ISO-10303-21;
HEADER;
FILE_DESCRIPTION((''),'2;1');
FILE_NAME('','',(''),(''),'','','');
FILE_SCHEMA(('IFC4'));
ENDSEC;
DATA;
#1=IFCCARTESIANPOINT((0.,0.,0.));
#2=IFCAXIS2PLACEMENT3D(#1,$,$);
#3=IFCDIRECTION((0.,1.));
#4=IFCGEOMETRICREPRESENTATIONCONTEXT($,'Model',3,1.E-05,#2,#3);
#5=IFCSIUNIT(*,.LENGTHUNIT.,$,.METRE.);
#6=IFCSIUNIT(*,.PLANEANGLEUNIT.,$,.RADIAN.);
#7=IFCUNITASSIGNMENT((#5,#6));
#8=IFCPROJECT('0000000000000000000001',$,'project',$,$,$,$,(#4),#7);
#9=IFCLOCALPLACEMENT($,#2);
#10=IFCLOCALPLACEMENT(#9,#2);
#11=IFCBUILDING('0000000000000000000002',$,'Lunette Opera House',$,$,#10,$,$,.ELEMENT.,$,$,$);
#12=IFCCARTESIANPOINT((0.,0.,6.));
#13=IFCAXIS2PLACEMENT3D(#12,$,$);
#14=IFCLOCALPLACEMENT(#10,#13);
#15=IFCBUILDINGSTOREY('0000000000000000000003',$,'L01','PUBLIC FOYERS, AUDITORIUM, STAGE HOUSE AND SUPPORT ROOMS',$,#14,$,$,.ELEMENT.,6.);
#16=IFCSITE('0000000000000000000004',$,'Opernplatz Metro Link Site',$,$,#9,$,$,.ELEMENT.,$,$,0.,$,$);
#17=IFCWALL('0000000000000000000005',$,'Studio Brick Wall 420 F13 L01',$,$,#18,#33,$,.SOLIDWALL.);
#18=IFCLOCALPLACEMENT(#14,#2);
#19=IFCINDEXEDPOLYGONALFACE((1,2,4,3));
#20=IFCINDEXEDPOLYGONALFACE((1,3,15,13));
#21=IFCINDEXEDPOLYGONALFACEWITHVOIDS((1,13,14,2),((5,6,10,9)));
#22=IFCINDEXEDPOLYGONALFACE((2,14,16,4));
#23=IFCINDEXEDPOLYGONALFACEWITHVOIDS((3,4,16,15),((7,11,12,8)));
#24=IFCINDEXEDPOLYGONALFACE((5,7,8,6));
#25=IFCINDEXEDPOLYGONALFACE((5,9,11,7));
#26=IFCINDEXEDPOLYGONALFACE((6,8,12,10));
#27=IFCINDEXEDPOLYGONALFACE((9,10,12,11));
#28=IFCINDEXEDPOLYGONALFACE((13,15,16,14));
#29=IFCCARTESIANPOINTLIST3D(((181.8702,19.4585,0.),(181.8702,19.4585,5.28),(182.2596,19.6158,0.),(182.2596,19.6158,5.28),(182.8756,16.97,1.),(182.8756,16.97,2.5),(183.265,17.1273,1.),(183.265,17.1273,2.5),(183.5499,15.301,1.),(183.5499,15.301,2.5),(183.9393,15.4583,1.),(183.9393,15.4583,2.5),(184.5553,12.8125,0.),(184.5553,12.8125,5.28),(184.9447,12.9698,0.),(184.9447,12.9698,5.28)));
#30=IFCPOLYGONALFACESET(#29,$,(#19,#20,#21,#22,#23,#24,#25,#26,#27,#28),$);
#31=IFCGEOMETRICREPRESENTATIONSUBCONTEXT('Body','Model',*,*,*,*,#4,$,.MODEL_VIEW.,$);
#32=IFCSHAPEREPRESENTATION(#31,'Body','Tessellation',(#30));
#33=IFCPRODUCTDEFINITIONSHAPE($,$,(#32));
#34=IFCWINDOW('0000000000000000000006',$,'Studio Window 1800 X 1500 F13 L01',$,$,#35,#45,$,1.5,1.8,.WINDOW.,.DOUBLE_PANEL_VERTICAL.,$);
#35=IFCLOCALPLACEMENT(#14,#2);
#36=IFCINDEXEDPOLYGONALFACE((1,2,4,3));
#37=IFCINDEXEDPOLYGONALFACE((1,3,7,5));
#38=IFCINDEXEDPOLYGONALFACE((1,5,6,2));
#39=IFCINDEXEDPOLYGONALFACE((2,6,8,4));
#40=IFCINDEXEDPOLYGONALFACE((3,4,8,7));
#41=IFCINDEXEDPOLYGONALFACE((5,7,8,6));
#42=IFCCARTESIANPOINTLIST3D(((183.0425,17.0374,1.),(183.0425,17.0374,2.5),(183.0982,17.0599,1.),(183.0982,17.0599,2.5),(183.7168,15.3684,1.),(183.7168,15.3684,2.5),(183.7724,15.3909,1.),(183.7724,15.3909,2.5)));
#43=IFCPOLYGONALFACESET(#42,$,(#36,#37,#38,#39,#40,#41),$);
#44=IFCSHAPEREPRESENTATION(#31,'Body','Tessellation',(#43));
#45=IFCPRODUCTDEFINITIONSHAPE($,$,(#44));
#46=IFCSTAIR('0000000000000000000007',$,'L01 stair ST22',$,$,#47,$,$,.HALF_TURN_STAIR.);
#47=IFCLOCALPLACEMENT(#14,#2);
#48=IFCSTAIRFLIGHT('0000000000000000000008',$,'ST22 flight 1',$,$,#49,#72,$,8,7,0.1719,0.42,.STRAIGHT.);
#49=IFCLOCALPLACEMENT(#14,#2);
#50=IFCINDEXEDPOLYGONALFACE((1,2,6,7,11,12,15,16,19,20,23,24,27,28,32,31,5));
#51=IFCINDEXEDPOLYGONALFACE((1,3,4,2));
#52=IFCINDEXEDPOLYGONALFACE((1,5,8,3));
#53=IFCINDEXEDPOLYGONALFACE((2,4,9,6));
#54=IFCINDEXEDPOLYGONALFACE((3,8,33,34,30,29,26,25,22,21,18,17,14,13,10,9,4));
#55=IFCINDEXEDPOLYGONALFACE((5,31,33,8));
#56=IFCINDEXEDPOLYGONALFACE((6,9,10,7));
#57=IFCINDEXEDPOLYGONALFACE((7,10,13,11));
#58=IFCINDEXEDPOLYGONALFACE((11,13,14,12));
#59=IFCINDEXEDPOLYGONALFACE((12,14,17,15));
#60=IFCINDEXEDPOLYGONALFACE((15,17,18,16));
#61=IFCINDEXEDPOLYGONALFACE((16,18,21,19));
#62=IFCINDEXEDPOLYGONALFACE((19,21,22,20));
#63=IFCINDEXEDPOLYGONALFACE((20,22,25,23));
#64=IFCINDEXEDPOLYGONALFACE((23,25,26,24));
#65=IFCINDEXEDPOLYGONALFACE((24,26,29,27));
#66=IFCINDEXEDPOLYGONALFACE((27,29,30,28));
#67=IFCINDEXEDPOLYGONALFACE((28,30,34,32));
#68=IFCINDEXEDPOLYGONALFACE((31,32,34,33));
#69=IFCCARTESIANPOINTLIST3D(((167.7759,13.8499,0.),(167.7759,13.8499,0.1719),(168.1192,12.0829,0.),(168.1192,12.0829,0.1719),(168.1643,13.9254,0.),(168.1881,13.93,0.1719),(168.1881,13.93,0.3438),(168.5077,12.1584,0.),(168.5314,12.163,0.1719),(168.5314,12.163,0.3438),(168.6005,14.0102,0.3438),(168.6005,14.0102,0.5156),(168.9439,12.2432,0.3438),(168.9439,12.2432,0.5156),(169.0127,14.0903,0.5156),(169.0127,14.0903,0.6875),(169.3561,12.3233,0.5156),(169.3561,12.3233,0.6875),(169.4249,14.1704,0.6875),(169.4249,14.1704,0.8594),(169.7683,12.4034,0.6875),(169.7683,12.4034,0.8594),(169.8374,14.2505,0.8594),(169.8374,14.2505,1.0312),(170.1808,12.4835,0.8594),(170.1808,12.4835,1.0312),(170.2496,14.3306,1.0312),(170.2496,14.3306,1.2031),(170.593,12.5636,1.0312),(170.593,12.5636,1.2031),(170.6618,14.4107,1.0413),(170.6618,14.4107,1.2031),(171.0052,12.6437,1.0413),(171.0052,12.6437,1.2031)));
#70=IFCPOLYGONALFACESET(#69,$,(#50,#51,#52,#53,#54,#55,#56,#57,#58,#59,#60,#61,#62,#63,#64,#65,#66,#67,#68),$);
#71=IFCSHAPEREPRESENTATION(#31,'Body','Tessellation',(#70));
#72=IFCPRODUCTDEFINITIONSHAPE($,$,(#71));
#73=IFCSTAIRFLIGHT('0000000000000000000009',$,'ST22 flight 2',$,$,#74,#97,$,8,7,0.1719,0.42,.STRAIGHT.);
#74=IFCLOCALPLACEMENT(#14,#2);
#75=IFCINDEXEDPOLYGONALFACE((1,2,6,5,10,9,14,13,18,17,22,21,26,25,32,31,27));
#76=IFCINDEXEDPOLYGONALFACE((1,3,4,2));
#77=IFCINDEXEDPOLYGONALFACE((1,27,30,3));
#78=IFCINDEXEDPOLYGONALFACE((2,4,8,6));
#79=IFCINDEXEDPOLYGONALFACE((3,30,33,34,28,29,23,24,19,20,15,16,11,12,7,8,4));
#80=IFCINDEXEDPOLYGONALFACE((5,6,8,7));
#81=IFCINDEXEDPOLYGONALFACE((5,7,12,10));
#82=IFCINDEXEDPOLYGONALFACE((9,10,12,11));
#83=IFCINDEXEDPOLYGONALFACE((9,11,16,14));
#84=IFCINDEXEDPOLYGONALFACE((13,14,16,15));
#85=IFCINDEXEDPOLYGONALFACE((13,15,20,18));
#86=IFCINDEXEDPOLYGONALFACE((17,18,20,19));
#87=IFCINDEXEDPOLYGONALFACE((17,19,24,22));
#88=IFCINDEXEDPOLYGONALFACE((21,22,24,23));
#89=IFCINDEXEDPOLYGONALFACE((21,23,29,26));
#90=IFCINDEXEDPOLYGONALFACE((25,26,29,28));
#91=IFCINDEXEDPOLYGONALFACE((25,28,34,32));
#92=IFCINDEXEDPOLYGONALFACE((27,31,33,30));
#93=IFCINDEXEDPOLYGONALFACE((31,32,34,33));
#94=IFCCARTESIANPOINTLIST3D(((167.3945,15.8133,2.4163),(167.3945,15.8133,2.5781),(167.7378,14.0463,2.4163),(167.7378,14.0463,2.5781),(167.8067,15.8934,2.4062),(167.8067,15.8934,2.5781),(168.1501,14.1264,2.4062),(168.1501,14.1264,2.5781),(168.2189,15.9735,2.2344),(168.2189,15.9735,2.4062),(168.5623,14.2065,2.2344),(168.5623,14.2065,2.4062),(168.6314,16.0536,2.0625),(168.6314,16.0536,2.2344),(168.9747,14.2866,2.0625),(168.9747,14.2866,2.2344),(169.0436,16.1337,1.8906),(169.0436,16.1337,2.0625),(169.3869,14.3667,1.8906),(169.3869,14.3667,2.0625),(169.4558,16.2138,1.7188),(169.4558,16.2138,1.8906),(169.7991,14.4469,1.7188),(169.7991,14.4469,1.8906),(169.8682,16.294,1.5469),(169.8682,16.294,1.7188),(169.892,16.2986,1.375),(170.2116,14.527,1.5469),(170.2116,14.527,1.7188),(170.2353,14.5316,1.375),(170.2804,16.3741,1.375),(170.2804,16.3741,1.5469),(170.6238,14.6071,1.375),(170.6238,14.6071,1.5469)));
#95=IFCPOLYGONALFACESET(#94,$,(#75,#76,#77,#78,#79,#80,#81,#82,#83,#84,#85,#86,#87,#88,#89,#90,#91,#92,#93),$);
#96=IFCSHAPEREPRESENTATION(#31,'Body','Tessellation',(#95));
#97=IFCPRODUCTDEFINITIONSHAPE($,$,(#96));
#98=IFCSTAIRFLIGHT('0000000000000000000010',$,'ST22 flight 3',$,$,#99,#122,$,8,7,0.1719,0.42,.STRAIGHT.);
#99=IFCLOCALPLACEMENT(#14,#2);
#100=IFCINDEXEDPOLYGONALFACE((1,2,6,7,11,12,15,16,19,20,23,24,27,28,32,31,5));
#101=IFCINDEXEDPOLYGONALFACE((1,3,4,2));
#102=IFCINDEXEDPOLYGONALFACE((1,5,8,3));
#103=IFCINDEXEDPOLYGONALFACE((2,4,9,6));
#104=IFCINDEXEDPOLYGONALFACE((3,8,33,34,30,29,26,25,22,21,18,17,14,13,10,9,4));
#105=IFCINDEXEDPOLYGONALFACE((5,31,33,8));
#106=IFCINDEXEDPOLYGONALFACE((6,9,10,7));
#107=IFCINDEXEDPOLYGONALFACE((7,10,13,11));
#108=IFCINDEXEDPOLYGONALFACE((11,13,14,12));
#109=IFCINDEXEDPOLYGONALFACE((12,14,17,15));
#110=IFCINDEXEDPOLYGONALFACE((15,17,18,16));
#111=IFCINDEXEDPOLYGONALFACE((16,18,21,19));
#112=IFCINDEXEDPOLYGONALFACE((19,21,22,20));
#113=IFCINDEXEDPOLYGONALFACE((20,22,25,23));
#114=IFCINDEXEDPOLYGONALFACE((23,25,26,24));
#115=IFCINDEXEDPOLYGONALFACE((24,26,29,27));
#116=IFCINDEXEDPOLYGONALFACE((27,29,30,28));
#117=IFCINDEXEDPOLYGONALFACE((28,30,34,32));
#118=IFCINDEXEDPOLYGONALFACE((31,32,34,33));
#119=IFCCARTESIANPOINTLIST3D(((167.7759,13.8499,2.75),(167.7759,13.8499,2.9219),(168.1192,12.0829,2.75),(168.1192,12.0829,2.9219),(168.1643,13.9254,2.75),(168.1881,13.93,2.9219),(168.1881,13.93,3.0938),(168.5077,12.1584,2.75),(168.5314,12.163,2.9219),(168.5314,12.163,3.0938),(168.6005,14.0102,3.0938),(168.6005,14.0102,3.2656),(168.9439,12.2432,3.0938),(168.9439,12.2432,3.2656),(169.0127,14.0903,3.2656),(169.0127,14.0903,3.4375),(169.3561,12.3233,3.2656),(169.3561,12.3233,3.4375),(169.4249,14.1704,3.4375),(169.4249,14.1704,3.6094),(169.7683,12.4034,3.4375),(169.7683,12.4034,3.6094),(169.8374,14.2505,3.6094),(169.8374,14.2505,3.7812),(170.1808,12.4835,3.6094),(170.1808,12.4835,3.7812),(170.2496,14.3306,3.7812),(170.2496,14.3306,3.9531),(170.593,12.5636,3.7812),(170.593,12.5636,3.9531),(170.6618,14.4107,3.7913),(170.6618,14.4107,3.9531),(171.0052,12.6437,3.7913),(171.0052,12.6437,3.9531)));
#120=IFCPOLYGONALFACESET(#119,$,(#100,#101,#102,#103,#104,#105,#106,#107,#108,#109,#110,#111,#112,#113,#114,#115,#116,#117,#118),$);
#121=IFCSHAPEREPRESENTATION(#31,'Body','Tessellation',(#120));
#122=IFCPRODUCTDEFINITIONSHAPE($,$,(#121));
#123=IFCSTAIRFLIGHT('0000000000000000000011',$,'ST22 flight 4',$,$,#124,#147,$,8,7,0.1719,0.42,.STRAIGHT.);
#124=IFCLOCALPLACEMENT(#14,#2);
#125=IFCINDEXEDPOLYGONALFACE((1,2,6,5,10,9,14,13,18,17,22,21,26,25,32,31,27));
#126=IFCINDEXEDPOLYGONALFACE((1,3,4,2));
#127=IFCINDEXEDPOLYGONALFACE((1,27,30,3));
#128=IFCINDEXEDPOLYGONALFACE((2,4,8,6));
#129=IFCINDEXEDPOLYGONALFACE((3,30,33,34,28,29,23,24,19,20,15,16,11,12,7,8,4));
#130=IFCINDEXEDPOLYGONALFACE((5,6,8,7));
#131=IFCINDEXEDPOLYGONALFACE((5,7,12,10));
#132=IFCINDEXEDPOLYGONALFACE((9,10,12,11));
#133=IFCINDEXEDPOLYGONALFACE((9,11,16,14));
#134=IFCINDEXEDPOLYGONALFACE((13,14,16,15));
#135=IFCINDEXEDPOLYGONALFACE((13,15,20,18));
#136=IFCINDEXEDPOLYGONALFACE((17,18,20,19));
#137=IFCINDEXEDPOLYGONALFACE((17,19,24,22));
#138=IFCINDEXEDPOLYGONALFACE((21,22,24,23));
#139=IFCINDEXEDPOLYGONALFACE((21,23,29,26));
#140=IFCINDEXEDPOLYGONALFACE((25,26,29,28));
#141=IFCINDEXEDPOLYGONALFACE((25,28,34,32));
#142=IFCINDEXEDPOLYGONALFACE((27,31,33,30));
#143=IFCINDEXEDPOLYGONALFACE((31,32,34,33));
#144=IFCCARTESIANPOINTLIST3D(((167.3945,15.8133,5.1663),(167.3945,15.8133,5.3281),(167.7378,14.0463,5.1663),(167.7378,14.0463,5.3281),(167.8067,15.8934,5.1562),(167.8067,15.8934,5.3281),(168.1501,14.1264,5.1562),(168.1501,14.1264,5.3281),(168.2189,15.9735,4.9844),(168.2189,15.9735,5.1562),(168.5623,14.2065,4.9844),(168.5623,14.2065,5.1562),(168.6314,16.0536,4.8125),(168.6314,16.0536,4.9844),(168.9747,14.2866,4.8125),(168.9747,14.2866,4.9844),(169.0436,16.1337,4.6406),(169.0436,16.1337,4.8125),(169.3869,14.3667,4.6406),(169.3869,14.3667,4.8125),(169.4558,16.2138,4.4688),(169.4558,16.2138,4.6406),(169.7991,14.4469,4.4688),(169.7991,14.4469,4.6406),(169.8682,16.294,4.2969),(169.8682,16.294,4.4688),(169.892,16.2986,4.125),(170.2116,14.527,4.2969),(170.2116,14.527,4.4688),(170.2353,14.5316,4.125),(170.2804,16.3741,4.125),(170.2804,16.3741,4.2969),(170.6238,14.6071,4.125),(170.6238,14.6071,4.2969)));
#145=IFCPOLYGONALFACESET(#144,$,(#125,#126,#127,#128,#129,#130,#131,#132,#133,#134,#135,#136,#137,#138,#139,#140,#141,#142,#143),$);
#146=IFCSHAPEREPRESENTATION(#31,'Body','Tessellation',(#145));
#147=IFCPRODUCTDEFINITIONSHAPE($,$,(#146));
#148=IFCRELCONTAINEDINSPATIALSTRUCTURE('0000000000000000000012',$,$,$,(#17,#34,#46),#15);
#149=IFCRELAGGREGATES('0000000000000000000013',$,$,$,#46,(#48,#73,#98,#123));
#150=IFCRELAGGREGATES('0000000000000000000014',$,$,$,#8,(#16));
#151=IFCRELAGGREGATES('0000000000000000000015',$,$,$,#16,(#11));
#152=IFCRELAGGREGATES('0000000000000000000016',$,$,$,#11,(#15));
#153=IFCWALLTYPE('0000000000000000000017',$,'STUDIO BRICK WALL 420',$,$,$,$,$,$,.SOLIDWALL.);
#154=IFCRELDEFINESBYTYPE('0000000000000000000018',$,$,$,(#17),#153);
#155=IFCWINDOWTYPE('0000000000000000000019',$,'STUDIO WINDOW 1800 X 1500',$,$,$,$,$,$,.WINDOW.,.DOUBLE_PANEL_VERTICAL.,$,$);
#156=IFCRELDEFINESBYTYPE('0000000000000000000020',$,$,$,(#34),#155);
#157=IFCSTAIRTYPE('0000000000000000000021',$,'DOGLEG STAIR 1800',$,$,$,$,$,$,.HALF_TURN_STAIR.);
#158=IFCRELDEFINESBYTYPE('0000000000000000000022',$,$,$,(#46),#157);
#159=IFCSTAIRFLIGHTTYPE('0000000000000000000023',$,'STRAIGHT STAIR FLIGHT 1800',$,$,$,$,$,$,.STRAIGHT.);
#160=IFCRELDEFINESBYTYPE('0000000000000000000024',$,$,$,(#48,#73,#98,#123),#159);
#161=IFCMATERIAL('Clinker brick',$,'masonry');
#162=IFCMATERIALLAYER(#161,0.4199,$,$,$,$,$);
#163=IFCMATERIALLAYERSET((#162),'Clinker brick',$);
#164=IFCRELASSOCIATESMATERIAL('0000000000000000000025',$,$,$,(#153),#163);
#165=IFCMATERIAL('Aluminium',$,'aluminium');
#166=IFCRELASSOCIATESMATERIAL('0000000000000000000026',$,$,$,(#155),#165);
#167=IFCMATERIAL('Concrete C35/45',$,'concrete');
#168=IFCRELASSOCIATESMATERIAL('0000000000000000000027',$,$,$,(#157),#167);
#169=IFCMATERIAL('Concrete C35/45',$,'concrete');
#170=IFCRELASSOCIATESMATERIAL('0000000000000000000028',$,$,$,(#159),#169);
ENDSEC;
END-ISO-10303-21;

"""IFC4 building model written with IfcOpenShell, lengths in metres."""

from ifc_helpers import new_model, si_unit, direction, frame, frame_2d, origin, place, context, subcontext, project, spatial, polyline, rectangle, outline, extrude, material, layer, layer_set, type_object, element, fill, aggregate, save


model = new_model("IFC4")

# Units and contexts
model_context = context("Model", 3, precision=1e-05, world=origin(), true_north=direction((0.0, 1.0)))
body_context = subcontext(model_context, "Body", "Model", "MODEL_VIEW")
ifc_project = project(units=[si_unit("LENGTHUNIT", "METRE"), si_unit("PLANEANGLEUNIT", "RADIAN")], contexts=[model_context])

# Site, building, storey
site_placement = place(None, origin())
site = spatial("IfcSite", under=ifc_project, at=site_placement, Name="Opernplatz Metro Link Site", CompositionType="ELEMENT", RefElevation=0.0)
building_placement = place(site_placement, origin())
building = spatial("IfcBuilding", under=site, at=building_placement, Name="Lunette Opera House", CompositionType="ELEMENT")
storey_placement = place(building_placement, frame((0.0, 0.0, 6.0)))
storey = spatial("IfcBuildingStorey", under=building, at=storey_placement, Name="L01", Description="PUBLIC FOYERS, AUDITORIUM, STAGE HOUSE AND SUPPORT ROOMS", CompositionType="ELEMENT", Elevation=6.0)

# Shared definitions
ifc_material_1 = material(Name="Clinker brick", Category="masonry")
ifc_layer_1 = layer(ifc_material_1, 0.4199)
ifc_layer_set_1 = layer_set([ifc_layer_1], Name="Clinker brick")
wall_type_1 = type_object("IfcWallType", Name="STUDIO BRICK WALL 420", PredefinedType="SOLIDWALL", material=ifc_layer_set_1)

# Wall, opening, window
ifc_material_2 = material(Name="Aluminium", Category="aluminium")
window_type = type_object("IfcWindowType", Name="STUDIO WINDOW 1800 X 1500", PartitioningType="DOUBLE_PANEL_VERTICAL", PredefinedType="WINDOW", material=ifc_material_2)
wall_1_placement = place(storey_placement, frame((184.75, 12.8911, 0.0), z_axis=(0.0, 0.0, 1.0), x_axis=(-0.374595, 0.927189, 0.0)))
wall_1 = element("IfcWall", 1, at=wall_1_placement, inside=storey, type_object=wall_type_1, Name="Studio Brick Wall 420 F13 L01", PredefinedType="SOLIDWALL", context=body_context, shape_type="SweptSolid", body=[
    extrude(rectangle(XDim=7.168, YDim=0.4199, at=frame_2d((3.584, 0.0))), origin(), (0.0, 0.0, 1.0), 5.28),
])
opening_1_placement = place(wall_1_placement, frame((2.6841, 0.0, 1.0)))
opening_1 = element("IfcOpeningElement", 2, at=opening_1_placement, cuts=wall_1, PredefinedType="OPENING", context=body_context, shape_type="SweptSolid", body=[
    extrude(rectangle(XDim=1.8, YDim=1.5, at=frame_2d((0.8999, 0.75))), frame((0.0, 0.2219, 0.0), z_axis=(0.0, -1.0, 0.0), x_axis=(1.0, 0.0, 0.0)), (0.0, 0.0, 1.0), 0.4438),
])
window_1_placement = place(opening_1_placement, origin())
window_1 = element("IfcWindow", 3, at=window_1_placement, inside=storey, type_object=window_type, Name="Studio Window 1800 X 1500 F13 L01", OverallHeight=1.5, OverallWidth=1.8, PartitioningType="DOUBLE_PANEL_VERTICAL", PredefinedType="WINDOW", context=body_context, shape_type="SweptSolid", body=[
    extrude(rectangle(XDim=1.8, YDim=1.5, at=frame_2d((0.8999, 0.75))), frame((0.0, 0.03, 0.0), z_axis=(0.0, -1.0, 0.0), x_axis=(1.0, 0.0, 0.0)), (0.0, 0.0, 1.0), 0.0601),
])
fill(opening_1, window_1)

# Stair, stair flights
ifc_material_3 = material(Name="Concrete C35/45", Category="concrete")
stair_type = type_object("IfcStairType", Name="DOGLEG STAIR 1800", PredefinedType="HALF_TURN_STAIR", material=ifc_material_3)
stair_placement = place(storey_placement, origin())
stair = element("IfcStair", 4, at=stair_placement, inside=storey, type_object=stair_type, Name="L01 stair ST22", PredefinedType="HALF_TURN_STAIR")
ifc_material_4 = material(Name="Concrete C35/45", Category="concrete")
stair_flight_type = type_object("IfcStairFlightType", Name="STRAIGHT STAIR FLIGHT 1800", PredefinedType="STRAIGHT", material=ifc_material_4)
stair_flight_1_placement = place(storey_placement, frame((167.9475, 12.9666, 0.0), z_axis=(0.0, 0.0, 1.0), x_axis=(0.981638, 0.190753, 0.0)))
stair_flight_1 = element("IfcStairFlight", 5, at=stair_flight_1_placement, type_object=stair_flight_type, Name="ST22 flight 1", NumberOfRisers=8, NumberOfTreads=7, PredefinedType="STRAIGHT", RiserHeight=0.1719, TreadLength=0.42, context=body_context, shape_type="SweptSolid", body=[
    extrude(outline(polyline([(0.0, 0.0), (0.0, 0.1719), (0.4199, 0.1719), (0.4199, 0.3438), (0.8401, 0.3438), (0.8401, 0.5156), (1.26, 0.5156), (1.26, 0.6875), (1.6799, 0.6875), (1.6799, 0.8594), (2.1001, 0.8594), (2.1001, 1.0312), (2.52, 1.0312), (2.52, 1.2031), (2.9399, 1.2031), (2.9399, 1.375), (2.9399, 1.0413), (0.3958, 0.0), (0.0, 0.0)])), frame((0.0, 0.8999, 0.0), z_axis=(0.0, -1.0, 0.0), x_axis=(1.0, 0.0, 0.0)), (0.0, 0.0, 1.0), 1.8),
])
stair_flight_2_placement = place(storey_placement, frame((170.4521, 15.4905, 1.375), z_axis=(0.0, 0.0, 1.0), x_axis=(-0.981638, -0.190753, 0.0)))
stair_flight_2 = element("IfcStairFlight", 6, at=stair_flight_2_placement, type_object=stair_flight_type, Name="ST22 flight 2", NumberOfRisers=8, NumberOfTreads=7, PredefinedType="STRAIGHT", RiserHeight=0.1719, TreadLength=0.42, context=body_context, shape_type="SweptSolid", body=[
    extrude(outline(polyline([(0.0, 0.0), (0.0, 0.1719), (0.4199, 0.1719), (0.4199, 0.3438), (0.8401, 0.3438), (0.8401, 0.5156), (1.26, 0.5156), (1.26, 0.6875), (1.6799, 0.6875), (1.6799, 0.8594), (2.1001, 0.8594), (2.1001, 1.0312), (2.52, 1.0312), (2.52, 1.2031), (2.9399, 1.2031), (2.9399, 1.375), (2.9399, 1.0413), (0.3958, 0.0), (0.0, 0.0)])), frame((0.0, 0.8999, 0.0), z_axis=(0.0, -1.0, 0.0), x_axis=(1.0, 0.0, 0.0)), (0.0, 0.0, 1.0), 1.8),
])
stair_flight_3_placement = place(storey_placement, frame((167.9475, 12.9666, 2.75), z_axis=(0.0, 0.0, 1.0), x_axis=(0.981638, 0.190753, 0.0)))
stair_flight_3 = element("IfcStairFlight", 7, at=stair_flight_3_placement, type_object=stair_flight_type, Name="ST22 flight 3", NumberOfRisers=8, NumberOfTreads=7, PredefinedType="STRAIGHT", RiserHeight=0.1719, TreadLength=0.42, context=body_context, shape_type="SweptSolid", body=[
    extrude(outline(polyline([(0.0, 0.0), (0.0, 0.1719), (0.4199, 0.1719), (0.4199, 0.3438), (0.8401, 0.3438), (0.8401, 0.5156), (1.26, 0.5156), (1.26, 0.6875), (1.6799, 0.6875), (1.6799, 0.8594), (2.1001, 0.8594), (2.1001, 1.0312), (2.52, 1.0312), (2.52, 1.2031), (2.9399, 1.2031), (2.9399, 1.375), (2.9399, 1.0413), (0.3958, 0.0), (0.0, 0.0)])), frame((0.0, 0.8999, 0.0), z_axis=(0.0, -1.0, 0.0), x_axis=(1.0, 0.0, 0.0)), (0.0, 0.0, 1.0), 1.8),
])
stair_flight_4_placement = place(storey_placement, frame((170.4521, 15.4905, 4.125), z_axis=(0.0, 0.0, 1.0), x_axis=(-0.981638, -0.190753, 0.0)))
stair_flight_4 = element("IfcStairFlight", 8, at=stair_flight_4_placement, type_object=stair_flight_type, Name="ST22 flight 4", NumberOfRisers=8, NumberOfTreads=7, PredefinedType="STRAIGHT", RiserHeight=0.1719, TreadLength=0.42, context=body_context, shape_type="SweptSolid", body=[
    extrude(outline(polyline([(0.0, 0.0), (0.0, 0.1719), (0.4199, 0.1719), (0.4199, 0.3438), (0.8401, 0.3438), (0.8401, 0.5156), (1.26, 0.5156), (1.26, 0.6875), (1.6799, 0.6875), (1.6799, 0.8594), (2.1001, 0.8594), (2.1001, 1.0312), (2.52, 1.0312), (2.52, 1.2031), (2.9399, 1.2031), (2.9399, 1.375), (2.9399, 1.0413), (0.3958, 0.0), (0.0, 0.0)])), frame((0.0, 0.8999, 0.0), z_axis=(0.0, -1.0, 0.0), x_axis=(1.0, 0.0, 0.0)), (0.0, 0.0, 1.0), 1.8),
])
aggregate(stair, [stair_flight_1, stair_flight_2, stair_flight_3, stair_flight_4])

save(model, "model.ifc")
